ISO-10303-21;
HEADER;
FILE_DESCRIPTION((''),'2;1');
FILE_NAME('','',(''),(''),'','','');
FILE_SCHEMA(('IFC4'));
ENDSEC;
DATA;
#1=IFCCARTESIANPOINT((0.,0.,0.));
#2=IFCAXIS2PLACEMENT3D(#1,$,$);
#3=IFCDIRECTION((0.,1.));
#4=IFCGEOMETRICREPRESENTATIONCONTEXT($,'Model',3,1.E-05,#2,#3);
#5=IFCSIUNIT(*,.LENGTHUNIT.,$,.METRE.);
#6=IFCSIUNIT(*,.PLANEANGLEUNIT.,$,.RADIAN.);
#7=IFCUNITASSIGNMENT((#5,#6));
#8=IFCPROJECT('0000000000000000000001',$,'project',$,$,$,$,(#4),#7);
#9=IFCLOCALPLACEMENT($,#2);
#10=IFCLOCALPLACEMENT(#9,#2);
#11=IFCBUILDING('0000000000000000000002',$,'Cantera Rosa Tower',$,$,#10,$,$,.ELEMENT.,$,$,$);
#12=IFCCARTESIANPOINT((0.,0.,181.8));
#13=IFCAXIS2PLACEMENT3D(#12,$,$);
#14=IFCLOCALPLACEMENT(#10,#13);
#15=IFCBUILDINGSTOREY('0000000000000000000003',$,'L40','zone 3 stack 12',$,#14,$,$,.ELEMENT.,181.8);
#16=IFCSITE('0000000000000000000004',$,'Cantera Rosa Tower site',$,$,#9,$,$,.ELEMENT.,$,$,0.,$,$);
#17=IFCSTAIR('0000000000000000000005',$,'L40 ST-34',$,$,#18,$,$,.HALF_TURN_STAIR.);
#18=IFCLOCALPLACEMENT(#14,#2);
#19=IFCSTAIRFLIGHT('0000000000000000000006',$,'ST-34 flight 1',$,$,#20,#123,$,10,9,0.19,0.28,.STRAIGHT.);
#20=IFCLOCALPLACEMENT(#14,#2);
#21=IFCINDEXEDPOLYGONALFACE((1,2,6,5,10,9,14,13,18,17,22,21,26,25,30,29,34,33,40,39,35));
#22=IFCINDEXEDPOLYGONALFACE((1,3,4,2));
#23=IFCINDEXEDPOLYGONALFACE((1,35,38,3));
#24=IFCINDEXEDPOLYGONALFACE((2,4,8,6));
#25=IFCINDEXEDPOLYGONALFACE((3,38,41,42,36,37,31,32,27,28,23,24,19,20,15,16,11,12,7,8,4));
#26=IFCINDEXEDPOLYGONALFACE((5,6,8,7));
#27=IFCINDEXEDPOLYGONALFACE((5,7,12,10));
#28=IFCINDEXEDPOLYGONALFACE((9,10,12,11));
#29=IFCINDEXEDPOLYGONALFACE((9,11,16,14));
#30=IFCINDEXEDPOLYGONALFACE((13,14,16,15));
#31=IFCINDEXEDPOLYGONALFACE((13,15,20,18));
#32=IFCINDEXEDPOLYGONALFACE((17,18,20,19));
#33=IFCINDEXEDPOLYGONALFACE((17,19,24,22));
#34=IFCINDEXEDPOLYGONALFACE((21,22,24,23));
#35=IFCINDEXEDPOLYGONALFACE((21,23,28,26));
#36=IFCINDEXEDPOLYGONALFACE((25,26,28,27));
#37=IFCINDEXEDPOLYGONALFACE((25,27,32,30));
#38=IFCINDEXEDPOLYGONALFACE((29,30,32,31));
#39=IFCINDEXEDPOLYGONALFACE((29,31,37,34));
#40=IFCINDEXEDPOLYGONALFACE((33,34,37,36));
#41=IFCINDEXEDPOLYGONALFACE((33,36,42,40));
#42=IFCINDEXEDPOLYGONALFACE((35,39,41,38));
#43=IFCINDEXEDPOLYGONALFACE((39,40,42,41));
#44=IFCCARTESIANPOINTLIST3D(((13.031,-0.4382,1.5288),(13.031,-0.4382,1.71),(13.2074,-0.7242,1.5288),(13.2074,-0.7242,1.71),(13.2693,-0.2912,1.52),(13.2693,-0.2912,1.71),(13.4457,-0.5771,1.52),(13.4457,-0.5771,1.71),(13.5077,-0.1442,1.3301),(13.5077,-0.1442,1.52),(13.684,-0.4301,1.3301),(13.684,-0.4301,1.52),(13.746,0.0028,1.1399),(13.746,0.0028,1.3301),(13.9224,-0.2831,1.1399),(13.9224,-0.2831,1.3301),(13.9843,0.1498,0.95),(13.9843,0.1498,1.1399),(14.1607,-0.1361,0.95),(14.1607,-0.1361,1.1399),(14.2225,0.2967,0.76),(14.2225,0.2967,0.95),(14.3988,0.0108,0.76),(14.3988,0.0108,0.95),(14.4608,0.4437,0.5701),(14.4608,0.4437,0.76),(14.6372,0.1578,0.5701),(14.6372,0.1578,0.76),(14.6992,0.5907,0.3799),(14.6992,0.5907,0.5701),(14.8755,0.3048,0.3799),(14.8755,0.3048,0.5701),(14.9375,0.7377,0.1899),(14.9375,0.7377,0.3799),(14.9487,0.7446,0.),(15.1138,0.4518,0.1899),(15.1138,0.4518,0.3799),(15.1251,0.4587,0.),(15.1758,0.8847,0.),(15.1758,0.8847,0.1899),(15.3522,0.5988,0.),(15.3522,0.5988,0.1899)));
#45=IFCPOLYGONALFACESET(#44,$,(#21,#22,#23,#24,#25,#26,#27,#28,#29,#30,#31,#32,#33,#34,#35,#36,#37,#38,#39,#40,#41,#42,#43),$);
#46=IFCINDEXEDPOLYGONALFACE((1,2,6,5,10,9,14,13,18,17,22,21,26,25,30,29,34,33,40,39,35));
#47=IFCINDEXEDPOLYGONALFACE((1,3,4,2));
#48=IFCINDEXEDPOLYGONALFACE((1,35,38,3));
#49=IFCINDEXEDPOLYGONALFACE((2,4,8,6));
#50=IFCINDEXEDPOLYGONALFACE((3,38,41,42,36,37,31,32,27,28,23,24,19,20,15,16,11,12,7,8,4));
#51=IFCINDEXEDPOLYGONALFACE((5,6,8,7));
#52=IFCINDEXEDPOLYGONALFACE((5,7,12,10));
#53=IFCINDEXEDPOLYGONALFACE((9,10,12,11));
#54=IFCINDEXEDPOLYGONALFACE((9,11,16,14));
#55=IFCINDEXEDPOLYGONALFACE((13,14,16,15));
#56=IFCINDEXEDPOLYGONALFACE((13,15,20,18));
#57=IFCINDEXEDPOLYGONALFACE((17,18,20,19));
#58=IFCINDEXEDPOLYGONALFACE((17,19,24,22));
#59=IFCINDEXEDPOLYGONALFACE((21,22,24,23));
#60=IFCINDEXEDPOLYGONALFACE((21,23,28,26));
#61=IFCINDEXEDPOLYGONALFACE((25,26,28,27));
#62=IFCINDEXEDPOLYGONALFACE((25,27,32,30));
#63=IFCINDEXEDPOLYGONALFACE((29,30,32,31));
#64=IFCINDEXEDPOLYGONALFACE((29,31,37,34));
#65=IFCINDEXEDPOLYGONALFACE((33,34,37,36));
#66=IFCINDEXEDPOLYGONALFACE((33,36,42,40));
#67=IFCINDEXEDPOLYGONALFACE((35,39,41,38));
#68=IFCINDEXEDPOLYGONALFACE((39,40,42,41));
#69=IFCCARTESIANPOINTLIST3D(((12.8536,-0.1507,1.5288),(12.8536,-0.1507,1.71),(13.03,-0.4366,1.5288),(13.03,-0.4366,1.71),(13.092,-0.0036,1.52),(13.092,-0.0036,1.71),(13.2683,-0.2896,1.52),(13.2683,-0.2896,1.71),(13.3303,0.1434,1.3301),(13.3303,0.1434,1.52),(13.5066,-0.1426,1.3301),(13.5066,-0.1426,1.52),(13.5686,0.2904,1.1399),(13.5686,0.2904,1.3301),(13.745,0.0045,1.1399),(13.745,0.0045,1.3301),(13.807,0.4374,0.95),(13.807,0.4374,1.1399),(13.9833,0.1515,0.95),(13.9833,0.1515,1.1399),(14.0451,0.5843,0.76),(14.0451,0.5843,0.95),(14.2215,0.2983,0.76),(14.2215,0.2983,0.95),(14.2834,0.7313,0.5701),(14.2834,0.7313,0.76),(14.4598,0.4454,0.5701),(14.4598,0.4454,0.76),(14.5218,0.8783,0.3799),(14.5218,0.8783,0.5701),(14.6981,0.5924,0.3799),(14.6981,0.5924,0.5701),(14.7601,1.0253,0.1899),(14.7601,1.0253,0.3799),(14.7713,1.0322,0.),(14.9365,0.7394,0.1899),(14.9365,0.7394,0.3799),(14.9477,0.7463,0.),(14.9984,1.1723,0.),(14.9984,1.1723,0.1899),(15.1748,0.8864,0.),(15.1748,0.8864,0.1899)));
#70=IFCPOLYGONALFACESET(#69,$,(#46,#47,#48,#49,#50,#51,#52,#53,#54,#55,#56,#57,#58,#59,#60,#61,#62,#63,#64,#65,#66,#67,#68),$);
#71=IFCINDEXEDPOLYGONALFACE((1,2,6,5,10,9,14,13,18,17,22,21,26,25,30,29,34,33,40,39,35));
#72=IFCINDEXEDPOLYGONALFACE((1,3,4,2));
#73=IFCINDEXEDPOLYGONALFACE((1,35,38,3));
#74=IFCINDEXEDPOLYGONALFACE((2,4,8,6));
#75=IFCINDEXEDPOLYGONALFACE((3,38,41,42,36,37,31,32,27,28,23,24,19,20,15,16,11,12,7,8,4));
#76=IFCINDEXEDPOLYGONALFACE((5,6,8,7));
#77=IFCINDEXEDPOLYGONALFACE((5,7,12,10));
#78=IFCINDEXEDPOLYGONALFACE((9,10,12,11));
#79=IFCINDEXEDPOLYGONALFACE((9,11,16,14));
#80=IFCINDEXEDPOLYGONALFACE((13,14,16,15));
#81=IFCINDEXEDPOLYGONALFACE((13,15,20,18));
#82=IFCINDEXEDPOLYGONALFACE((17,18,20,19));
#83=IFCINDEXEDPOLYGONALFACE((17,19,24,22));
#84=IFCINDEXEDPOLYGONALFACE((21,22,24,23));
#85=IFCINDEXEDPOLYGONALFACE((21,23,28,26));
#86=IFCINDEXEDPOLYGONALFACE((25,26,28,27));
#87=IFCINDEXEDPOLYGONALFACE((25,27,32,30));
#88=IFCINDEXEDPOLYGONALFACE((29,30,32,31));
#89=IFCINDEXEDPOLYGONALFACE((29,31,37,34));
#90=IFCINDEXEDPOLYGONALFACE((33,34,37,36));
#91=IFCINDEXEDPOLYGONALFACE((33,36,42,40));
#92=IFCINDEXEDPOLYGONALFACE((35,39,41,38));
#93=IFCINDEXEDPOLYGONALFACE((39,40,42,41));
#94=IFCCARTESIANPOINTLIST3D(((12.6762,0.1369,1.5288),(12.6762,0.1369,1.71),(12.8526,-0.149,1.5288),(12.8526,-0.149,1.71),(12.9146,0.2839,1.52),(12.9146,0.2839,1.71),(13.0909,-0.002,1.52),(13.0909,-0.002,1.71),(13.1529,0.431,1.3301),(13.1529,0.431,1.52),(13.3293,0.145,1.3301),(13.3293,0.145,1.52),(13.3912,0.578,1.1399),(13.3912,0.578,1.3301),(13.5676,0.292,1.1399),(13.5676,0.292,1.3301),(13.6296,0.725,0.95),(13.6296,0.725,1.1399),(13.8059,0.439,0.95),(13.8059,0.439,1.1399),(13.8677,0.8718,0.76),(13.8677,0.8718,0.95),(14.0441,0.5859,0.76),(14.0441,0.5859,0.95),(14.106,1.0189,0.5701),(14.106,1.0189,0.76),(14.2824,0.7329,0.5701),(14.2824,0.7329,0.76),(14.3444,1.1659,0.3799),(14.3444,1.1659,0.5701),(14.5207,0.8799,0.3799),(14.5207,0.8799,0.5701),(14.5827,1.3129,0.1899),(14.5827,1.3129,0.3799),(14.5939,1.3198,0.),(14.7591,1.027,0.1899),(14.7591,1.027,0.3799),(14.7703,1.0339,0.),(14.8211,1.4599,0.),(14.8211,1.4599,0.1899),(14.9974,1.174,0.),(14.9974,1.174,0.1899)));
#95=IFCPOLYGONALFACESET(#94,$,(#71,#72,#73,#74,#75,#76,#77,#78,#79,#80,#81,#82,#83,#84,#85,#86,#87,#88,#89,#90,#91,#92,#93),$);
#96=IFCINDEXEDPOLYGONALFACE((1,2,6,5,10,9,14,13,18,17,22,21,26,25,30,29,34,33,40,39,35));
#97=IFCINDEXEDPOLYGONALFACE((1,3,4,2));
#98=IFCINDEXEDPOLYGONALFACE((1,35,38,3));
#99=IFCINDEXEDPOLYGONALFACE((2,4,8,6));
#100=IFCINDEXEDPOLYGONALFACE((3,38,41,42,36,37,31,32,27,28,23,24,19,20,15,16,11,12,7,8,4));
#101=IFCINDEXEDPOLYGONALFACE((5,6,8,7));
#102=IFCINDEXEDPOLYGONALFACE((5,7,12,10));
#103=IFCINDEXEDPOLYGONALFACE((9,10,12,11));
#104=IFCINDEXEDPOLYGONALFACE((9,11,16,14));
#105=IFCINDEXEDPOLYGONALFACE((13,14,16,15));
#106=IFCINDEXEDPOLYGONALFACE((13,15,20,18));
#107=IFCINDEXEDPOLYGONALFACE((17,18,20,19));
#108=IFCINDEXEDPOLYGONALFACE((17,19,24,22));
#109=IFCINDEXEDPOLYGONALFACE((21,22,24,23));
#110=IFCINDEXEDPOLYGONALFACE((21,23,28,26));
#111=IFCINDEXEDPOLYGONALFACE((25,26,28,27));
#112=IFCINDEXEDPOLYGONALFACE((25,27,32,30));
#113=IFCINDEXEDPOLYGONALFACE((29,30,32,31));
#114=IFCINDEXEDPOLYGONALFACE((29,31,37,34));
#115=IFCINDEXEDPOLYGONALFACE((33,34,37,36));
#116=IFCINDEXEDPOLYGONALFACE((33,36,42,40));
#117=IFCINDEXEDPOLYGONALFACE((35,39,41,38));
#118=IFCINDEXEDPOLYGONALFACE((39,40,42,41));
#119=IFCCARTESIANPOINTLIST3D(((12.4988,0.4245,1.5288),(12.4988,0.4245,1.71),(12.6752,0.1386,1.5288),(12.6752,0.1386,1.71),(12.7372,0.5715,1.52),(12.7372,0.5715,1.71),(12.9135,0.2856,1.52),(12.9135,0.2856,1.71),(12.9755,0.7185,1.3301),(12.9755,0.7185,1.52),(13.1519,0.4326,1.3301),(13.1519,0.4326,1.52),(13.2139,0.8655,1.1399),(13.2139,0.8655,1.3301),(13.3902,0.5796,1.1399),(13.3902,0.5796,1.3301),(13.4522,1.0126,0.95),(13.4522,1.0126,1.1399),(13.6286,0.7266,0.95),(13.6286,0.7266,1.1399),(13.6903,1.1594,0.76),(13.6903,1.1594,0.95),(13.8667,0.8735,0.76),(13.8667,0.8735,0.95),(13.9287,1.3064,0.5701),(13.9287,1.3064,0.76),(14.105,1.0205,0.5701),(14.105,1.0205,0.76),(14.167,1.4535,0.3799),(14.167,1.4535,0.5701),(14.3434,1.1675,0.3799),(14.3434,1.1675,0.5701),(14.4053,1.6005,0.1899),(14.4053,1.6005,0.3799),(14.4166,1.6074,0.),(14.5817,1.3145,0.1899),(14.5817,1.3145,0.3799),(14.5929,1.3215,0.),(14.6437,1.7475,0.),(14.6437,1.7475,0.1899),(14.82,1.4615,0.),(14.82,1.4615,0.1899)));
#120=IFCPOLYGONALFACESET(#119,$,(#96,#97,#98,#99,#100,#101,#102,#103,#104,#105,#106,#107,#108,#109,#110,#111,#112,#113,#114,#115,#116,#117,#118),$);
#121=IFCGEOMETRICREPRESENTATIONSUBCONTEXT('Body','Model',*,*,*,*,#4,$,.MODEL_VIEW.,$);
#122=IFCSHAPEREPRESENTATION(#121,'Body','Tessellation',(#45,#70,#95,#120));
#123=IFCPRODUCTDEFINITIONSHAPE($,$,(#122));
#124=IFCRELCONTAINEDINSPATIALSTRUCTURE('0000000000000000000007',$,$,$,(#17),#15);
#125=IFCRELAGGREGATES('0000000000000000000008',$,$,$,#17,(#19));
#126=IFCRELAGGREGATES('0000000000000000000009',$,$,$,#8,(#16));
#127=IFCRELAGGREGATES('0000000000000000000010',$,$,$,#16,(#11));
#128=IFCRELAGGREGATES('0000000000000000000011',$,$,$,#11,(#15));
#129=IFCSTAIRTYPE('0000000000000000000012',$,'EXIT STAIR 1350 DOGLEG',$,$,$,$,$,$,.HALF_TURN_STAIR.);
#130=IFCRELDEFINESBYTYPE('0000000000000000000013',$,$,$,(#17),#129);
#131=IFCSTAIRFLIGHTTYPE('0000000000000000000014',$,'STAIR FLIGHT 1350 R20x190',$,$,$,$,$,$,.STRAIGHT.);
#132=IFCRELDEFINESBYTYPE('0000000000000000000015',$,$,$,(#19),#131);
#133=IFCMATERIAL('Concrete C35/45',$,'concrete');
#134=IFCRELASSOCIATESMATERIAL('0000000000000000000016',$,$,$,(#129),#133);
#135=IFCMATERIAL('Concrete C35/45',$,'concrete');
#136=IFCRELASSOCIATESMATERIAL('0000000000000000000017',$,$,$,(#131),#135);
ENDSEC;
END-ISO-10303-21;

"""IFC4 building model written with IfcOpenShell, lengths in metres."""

from ifc_helpers import new_model, si_unit, direction, frame, origin, place, context, subcontext, project, spatial, polyline, outline, extrude, material, type_object, element, aggregate, save


model = new_model("IFC4")

# Units and contexts
model_context = context("Model", 3, precision=1e-05, world=origin(), true_north=direction((0.0, 1.0)))
body_context = subcontext(model_context, "Body", "Model", "MODEL_VIEW")
ifc_project = project(units=[si_unit("LENGTHUNIT", "METRE"), si_unit("PLANEANGLEUNIT", "RADIAN")], contexts=[model_context])

# Site, building, storey
site_placement = place(None, origin())
site = spatial("IfcSite", under=ifc_project, at=site_placement, Name="Cantera Rosa Tower site", CompositionType="ELEMENT", RefElevation=0.0)
building_placement = place(site_placement, origin())
building = spatial("IfcBuilding", under=site, at=building_placement, Name="Cantera Rosa Tower", CompositionType="ELEMENT")
storey_placement = place(building_placement, frame((0.0, 0.0, 181.8)))
storey = spatial("IfcBuildingStorey", under=building, at=storey_placement, Name="L40", Description="zone 3 stack 12", CompositionType="ELEMENT", Elevation=181.8)

# Stair, stair flight
ifc_material_1 = material(Name="Concrete C35/45", Category="concrete")
stair_type = type_object("IfcStairType", Name="EXIT STAIR 1350 DOGLEG", PredefinedType="HALF_TURN_STAIR", material=ifc_material_1)
ifc_material_2 = material(Name="Concrete C35/45", Category="concrete")
stair_flight_type = type_object("IfcStairFlightType", Name="STAIR FLIGHT 1350 R20x190", PredefinedType="STRAIGHT", material=ifc_material_2)
stair_1_placement = place(storey_placement, origin())
stair_1 = element("IfcStair", 1, at=stair_1_placement, inside=storey, type_object=stair_type, Name="L40 ST-34", PredefinedType="HALF_TURN_STAIR")
stair_flight_1_placement = place(storey_placement, frame((14.9978, 1.1733, 0.0), z_axis=(0.0, 0.0, 1.0), x_axis=(-0.851117, -0.524977, 0.0)))
stair_flight_1 = element("IfcStairFlight", 2, at=stair_flight_1_placement, type_object=stair_flight_type, Name="ST-34 flight 1", NumberOfRisers=10, NumberOfTreads=9, PredefinedType="STRAIGHT", RiserHeight=0.19, TreadLength=0.28, context=body_context, shape_type="SweptSolid", body=[
    extrude(outline(polyline([(0.0, 0.0), (0.0, 0.1899), (0.28, 0.1899), (0.28, 0.3799), (0.5601, 0.3799), (0.5601, 0.5701), (0.8401, 0.5701), (0.8401, 0.76), (1.1201, 0.76), (1.1201, 0.95), (1.3999, 0.95), (1.3999, 1.1399), (1.6799, 1.1399), (1.6799, 1.3301), (1.96, 1.3301), (1.96, 1.52), (2.24, 1.52), (2.24, 1.71), (2.52, 1.71), (2.52, 1.8999), (2.52, 1.5288), (0.2668, 0.0), (0.0, 0.0)])), frame((0.0, 0.675, 0.0), z_axis=(0.0, -1.0, 0.0), x_axis=(1.0, 0.0, 0.0)), (0.0, 0.0, 1.0), 0.3359),
    extrude(outline(polyline([(0.0, 0.0), (0.0, 0.1899), (0.28, 0.1899), (0.28, 0.3799), (0.5601, 0.3799), (0.5601, 0.5701), (0.8401, 0.5701), (0.8401, 0.76), (1.1201, 0.76), (1.1201, 0.95), (1.3999, 0.95), (1.3999, 1.1399), (1.6799, 1.1399), (1.6799, 1.3301), (1.96, 1.3301), (1.96, 1.52), (2.24, 1.52), (2.24, 1.71), (2.52, 1.71), (2.52, 1.8999), (2.52, 1.5288), (0.2668, 0.0), (0.0, 0.0)])), frame((0.0, 0.3372, 0.0), z_axis=(0.0, -1.0, 0.0), x_axis=(1.0, 0.0, 0.0)), (0.0, 0.0, 1.0), 0.3359),
    extrude(outline(polyline([(0.0, 0.0), (0.0, 0.1899), (0.28, 0.1899), (0.28, 0.3799), (0.5601, 0.3799), (0.5601, 0.5701), (0.8401, 0.5701), (0.8401, 0.76), (1.1201, 0.76), (1.1201, 0.95), (1.3999, 0.95), (1.3999, 1.1399), (1.6799, 1.1399), (1.6799, 1.3301), (1.96, 1.3301), (1.96, 1.52), (2.24, 1.52), (2.24, 1.71), (2.52, 1.71), (2.52, 1.8999), (2.52, 1.5288), (0.2668, 0.0), (0.0, 0.0)])), frame((0.0, -0.0007, 0.0), z_axis=(0.0, -1.0, 0.0), x_axis=(1.0, 0.0, 0.0)), (0.0, 0.0, 1.0), 0.3359),
    extrude(outline(polyline([(0.0, 0.0), (0.0, 0.1899), (0.28, 0.1899), (0.28, 0.3799), (0.5601, 0.3799), (0.5601, 0.5701), (0.8401, 0.5701), (0.8401, 0.76), (1.1201, 0.76), (1.1201, 0.95), (1.3999, 0.95), (1.3999, 1.1399), (1.6799, 1.1399), (1.6799, 1.3301), (1.96, 1.3301), (1.96, 1.52), (2.24, 1.52), (2.24, 1.71), (2.52, 1.71), (2.52, 1.8999), (2.52, 1.5288), (0.2668, 0.0), (0.0, 0.0)])), frame((0.0, -0.3386, 0.0), z_axis=(0.0, -1.0, 0.0), x_axis=(1.0, 0.0, 0.0)), (0.0, 0.0, 1.0), 0.3359),
])
aggregate(stair_1, [stair_flight_1])

save(model, "model.ifc")
